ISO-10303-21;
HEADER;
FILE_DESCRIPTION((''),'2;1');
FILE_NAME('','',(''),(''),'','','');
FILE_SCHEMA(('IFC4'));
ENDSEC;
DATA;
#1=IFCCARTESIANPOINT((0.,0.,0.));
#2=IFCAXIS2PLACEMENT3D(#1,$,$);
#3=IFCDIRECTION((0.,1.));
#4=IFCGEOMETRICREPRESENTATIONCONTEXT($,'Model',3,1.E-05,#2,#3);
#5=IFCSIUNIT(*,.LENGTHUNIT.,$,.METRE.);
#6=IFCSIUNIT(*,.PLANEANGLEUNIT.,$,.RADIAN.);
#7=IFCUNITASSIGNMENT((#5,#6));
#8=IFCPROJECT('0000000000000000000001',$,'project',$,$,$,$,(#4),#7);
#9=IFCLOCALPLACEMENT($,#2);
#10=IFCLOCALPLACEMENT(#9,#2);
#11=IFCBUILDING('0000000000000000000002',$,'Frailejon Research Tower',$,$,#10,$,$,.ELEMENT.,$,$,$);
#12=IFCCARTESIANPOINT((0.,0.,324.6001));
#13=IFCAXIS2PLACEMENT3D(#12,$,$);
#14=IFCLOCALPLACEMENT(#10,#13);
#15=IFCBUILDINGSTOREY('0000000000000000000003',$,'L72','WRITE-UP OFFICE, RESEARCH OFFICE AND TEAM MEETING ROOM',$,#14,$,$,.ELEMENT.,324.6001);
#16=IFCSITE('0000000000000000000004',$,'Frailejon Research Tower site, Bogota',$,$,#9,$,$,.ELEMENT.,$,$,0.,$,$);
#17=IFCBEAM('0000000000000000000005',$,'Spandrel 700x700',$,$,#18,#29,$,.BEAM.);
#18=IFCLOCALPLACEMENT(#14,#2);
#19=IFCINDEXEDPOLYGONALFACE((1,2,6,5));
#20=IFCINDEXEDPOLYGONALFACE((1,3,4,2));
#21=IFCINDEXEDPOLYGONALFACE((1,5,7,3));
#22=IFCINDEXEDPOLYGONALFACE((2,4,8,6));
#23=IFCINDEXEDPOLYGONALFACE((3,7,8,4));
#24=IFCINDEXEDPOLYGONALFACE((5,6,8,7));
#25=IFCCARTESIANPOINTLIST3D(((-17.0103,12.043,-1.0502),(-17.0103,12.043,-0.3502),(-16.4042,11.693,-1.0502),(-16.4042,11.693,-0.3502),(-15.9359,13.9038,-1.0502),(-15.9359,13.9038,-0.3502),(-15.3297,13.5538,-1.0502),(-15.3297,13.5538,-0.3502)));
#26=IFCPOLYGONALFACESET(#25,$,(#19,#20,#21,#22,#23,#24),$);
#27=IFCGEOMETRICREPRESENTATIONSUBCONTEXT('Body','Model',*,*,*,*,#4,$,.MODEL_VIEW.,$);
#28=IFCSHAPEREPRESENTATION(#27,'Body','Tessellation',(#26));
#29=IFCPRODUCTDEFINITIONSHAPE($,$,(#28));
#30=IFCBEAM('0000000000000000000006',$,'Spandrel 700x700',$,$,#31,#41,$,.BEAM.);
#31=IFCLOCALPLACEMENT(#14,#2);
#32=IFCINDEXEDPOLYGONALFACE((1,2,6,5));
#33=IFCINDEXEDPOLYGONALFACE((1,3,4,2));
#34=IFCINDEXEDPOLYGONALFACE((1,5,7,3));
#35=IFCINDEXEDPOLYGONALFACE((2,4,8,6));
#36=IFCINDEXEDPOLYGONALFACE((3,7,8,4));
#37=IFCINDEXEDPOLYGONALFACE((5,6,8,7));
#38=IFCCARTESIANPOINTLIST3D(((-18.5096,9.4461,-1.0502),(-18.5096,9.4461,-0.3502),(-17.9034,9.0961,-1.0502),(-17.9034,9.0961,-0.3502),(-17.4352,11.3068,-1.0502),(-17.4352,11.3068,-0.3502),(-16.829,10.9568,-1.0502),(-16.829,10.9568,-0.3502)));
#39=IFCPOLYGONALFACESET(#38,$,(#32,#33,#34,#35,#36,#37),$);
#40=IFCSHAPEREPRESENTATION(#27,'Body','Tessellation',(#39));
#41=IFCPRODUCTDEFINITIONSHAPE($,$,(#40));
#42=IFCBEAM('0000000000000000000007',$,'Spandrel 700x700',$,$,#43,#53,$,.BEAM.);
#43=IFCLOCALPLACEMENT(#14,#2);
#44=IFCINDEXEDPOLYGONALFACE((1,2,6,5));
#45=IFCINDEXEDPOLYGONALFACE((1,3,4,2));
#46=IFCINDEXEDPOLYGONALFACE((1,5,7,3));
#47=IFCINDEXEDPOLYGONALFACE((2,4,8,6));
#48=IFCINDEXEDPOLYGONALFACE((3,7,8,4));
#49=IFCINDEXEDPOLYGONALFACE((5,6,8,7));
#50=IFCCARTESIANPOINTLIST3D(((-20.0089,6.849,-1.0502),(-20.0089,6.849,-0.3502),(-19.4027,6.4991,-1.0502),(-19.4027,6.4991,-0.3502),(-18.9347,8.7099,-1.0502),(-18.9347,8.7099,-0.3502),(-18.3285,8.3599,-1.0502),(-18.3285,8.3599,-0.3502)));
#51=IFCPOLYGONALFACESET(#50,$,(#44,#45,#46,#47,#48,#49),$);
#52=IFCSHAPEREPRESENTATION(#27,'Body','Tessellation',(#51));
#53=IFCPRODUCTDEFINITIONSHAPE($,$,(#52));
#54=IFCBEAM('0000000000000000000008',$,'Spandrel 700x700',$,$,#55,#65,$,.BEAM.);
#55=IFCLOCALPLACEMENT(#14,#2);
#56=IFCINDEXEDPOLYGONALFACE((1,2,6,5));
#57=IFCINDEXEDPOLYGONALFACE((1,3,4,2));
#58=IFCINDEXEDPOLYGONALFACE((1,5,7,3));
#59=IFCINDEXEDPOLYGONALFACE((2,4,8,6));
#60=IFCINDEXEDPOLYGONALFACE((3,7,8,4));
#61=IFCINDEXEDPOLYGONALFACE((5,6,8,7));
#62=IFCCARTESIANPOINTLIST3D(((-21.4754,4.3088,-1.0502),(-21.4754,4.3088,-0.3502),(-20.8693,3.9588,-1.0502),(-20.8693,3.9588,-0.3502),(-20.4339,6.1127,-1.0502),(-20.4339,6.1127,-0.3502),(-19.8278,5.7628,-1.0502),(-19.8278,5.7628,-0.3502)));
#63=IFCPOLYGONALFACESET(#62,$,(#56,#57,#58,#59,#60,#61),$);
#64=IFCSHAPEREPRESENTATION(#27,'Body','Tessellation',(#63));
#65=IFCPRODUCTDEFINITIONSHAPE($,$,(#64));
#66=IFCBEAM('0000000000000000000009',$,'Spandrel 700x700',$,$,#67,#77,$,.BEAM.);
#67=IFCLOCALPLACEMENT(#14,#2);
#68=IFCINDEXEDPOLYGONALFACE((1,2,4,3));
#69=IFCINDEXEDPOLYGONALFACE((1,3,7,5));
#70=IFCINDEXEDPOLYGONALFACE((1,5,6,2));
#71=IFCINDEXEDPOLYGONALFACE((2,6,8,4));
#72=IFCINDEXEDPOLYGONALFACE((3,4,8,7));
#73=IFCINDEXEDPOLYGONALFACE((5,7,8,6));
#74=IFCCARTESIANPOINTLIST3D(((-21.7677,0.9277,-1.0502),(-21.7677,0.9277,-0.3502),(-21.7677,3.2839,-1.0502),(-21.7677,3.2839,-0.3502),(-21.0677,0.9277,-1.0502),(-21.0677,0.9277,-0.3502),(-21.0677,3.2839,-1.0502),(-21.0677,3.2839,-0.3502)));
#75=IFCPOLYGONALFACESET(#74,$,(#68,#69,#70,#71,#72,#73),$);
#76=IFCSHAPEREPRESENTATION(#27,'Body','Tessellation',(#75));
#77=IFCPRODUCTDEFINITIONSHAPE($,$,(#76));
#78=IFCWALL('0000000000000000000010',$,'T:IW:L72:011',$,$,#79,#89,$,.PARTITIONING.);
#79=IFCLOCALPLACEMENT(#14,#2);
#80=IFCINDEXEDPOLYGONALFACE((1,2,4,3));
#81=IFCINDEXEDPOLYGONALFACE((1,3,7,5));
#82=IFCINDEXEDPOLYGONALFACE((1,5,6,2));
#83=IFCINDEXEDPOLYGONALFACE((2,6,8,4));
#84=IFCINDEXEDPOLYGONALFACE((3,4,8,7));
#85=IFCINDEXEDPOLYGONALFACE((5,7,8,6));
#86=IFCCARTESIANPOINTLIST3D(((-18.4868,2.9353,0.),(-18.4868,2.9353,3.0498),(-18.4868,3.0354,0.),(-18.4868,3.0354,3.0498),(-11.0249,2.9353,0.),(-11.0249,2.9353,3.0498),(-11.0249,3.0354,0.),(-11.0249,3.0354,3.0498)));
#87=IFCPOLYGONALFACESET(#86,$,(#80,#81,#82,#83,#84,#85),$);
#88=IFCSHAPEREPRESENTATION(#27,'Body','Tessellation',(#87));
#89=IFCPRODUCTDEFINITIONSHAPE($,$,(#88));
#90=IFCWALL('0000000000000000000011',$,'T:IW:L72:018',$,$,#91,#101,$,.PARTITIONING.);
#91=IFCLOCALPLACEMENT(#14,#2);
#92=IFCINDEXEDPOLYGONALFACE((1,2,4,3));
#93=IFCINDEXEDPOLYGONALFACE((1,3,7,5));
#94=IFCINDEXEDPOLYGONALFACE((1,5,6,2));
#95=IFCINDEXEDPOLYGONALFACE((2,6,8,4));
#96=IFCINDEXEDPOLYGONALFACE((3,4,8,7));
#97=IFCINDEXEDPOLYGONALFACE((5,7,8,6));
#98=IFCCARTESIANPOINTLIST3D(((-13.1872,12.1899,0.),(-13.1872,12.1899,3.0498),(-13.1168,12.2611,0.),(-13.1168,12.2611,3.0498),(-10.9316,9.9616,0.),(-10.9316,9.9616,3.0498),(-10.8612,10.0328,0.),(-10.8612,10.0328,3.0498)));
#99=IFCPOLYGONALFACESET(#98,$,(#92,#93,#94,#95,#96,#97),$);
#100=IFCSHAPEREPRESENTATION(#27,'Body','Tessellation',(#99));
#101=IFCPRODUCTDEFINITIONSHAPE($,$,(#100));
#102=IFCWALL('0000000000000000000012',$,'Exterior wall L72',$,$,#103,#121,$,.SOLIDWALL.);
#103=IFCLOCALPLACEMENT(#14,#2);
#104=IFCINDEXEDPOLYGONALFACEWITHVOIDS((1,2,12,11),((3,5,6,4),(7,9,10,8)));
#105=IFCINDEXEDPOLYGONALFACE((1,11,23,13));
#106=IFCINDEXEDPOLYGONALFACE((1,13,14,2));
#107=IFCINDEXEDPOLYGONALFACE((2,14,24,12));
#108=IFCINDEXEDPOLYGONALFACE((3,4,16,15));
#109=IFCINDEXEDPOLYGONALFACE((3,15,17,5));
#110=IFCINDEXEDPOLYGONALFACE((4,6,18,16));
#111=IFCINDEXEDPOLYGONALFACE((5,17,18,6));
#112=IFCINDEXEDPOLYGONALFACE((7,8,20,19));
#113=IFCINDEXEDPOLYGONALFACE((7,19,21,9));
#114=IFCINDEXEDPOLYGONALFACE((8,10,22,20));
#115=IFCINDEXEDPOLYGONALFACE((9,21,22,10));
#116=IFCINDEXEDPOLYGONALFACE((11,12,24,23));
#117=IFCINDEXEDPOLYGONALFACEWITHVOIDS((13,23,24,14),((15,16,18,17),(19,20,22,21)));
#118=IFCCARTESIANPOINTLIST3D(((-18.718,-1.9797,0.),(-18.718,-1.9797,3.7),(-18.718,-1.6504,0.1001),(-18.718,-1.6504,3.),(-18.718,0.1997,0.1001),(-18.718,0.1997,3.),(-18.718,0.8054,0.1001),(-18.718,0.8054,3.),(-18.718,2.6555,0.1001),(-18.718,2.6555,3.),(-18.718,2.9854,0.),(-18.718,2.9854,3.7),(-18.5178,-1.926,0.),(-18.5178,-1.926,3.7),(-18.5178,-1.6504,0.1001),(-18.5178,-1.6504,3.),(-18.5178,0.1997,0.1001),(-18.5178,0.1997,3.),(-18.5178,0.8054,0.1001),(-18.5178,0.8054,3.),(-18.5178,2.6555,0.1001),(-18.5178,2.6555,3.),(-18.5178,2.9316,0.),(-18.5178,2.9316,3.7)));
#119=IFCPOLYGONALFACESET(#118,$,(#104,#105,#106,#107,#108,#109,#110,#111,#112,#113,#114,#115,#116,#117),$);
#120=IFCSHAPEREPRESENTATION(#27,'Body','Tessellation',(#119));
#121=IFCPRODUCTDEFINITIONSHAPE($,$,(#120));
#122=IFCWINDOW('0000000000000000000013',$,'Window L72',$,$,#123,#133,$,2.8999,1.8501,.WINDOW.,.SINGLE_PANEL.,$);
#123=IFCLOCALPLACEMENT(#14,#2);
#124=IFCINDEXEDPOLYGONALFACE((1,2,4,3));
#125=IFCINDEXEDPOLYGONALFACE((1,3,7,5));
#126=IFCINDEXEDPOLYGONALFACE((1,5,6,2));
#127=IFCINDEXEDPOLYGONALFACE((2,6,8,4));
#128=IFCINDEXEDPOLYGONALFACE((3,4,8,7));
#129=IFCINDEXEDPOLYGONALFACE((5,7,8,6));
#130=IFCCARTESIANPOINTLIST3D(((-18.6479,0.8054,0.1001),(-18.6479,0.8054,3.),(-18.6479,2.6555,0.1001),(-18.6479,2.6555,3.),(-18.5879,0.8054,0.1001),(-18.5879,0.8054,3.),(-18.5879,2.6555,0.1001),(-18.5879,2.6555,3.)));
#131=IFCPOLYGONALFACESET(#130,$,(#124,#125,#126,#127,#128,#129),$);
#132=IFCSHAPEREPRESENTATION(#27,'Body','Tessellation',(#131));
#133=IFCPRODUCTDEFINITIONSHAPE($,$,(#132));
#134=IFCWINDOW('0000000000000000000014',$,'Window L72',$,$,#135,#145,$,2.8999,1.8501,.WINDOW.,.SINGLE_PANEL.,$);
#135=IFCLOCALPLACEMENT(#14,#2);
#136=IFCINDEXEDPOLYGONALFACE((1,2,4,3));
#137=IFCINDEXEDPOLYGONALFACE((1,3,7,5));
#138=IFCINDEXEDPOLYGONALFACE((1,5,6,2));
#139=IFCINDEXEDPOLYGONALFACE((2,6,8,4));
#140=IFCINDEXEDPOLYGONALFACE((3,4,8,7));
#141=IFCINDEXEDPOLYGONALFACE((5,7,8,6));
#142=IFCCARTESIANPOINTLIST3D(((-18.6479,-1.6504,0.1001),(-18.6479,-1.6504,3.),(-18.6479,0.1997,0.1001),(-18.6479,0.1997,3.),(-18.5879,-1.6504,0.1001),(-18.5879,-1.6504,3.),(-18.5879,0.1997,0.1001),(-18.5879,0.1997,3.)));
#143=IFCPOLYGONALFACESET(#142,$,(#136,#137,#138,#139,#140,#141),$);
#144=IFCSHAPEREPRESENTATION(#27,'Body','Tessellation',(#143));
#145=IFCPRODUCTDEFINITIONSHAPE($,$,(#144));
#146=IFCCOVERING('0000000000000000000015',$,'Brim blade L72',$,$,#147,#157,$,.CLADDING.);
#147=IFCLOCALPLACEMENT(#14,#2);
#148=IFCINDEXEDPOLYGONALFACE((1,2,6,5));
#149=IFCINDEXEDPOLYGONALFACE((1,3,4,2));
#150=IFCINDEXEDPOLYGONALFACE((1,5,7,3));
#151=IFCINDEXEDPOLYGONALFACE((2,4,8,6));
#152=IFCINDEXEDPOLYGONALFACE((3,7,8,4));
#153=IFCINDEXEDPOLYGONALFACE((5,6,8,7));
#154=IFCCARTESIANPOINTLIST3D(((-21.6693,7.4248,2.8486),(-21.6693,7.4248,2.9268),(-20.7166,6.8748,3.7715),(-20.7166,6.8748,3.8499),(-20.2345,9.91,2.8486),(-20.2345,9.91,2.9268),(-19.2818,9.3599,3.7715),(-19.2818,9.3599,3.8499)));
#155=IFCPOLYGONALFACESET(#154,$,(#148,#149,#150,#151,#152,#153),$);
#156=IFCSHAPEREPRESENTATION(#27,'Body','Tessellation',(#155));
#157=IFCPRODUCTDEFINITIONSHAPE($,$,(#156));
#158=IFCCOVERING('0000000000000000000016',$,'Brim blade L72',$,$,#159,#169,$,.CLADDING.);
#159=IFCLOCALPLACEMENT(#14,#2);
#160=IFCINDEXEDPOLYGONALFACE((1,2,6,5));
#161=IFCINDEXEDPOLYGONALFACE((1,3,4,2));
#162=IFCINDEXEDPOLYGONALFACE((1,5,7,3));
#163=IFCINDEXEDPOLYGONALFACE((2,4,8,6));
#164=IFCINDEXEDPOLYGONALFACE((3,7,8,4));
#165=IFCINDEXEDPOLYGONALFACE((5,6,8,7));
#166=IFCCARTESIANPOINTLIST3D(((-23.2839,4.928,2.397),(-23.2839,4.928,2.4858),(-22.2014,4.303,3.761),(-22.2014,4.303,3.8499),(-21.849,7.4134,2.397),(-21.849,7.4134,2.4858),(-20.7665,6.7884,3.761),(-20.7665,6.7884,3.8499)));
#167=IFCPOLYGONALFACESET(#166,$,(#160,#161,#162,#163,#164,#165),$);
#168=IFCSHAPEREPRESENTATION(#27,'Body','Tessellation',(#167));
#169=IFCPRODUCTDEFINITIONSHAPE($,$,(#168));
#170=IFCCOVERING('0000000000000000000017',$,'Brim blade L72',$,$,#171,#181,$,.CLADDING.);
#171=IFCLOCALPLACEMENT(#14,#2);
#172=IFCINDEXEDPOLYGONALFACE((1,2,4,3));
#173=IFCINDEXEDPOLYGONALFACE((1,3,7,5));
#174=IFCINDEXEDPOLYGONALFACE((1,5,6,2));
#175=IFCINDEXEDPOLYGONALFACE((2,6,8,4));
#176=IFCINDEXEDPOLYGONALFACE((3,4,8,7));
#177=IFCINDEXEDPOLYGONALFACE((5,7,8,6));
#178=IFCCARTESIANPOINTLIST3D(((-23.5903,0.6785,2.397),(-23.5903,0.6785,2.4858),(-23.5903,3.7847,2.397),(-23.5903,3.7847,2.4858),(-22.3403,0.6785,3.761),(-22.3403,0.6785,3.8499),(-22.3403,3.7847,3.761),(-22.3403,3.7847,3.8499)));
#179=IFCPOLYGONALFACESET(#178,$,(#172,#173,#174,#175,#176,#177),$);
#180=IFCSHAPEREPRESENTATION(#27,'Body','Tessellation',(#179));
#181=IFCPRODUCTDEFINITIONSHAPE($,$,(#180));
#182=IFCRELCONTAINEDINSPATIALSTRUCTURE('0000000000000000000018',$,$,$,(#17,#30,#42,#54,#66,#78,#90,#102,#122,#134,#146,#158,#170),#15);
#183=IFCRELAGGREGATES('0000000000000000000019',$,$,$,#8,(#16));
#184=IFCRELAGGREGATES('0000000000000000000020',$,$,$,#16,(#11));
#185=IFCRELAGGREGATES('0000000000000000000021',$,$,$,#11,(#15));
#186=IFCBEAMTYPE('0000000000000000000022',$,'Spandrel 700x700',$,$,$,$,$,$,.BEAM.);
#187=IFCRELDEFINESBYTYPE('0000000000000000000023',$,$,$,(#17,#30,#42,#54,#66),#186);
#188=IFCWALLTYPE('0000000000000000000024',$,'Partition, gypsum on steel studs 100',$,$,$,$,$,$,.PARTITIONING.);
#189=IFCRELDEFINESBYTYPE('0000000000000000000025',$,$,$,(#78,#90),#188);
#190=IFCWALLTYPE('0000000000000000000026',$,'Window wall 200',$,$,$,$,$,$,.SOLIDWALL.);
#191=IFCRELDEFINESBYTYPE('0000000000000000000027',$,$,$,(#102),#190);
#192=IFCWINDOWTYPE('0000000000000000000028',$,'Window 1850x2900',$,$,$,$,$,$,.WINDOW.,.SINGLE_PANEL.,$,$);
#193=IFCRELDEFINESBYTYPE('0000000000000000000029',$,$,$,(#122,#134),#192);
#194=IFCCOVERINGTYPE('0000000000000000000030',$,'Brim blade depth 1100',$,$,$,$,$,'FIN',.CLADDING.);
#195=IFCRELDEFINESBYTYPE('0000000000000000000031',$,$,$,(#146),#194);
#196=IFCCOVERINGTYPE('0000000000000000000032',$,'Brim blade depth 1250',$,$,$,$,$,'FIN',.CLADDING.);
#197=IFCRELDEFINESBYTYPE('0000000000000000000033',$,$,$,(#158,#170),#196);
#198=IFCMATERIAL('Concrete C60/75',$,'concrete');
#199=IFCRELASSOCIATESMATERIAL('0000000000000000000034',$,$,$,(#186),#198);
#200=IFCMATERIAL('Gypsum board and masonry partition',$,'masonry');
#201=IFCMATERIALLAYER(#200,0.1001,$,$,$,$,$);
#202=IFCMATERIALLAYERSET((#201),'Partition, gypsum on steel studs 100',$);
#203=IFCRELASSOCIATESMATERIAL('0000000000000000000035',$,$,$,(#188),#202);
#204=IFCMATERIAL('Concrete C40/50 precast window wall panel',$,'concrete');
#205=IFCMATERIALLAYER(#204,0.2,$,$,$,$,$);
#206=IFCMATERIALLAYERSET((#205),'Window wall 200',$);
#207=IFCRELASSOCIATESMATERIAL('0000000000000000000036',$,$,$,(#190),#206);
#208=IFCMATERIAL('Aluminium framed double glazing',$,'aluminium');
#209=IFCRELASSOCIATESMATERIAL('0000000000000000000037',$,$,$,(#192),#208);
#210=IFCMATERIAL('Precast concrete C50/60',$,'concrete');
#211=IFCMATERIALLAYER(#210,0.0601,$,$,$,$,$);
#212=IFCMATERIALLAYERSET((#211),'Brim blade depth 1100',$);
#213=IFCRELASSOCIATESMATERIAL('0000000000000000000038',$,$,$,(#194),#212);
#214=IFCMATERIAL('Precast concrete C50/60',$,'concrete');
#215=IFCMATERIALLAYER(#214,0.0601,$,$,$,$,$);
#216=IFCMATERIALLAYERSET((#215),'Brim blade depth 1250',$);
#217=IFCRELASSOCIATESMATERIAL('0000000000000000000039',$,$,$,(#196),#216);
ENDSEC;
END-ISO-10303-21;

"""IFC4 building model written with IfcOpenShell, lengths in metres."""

from ifc_helpers import new_model, si_unit, direction, frame, frame_2d, origin, origin_2d, place, context, subcontext, project, spatial, polyline, rectangle, outline, extrude, material, layer, layer_set, material_profile, profile_set, type_object, element, fill, save


model = new_model("IFC4")

# Units and contexts
model_context = context("Model", 3, precision=1e-05, world=origin(), true_north=direction((0.0, 1.0)))
body_context = subcontext(model_context, "Body", "Model", "MODEL_VIEW")
ifc_project = project(units=[si_unit("LENGTHUNIT", "METRE"), si_unit("PLANEANGLEUNIT", "RADIAN")], contexts=[model_context])

# Site, building, storey
site_placement = place(None, origin())
site = spatial("IfcSite", under=ifc_project, at=site_placement, Name="Frailejon Research Tower site, Bogota", CompositionType="ELEMENT", RefElevation=0.0)
building_placement = place(site_placement, origin())
building = spatial("IfcBuilding", under=site, at=building_placement, Name="Frailejon Research Tower", CompositionType="ELEMENT")
storey_placement = place(building_placement, frame((0.0, 0.0, 324.6001)))
storey = spatial("IfcBuildingStorey", under=building, at=storey_placement, Name="L72", Description="WRITE-UP OFFICE, RESEARCH OFFICE AND TEAM MEETING ROOM", CompositionType="ELEMENT", Elevation=324.6001)

# Beams
ifc_material_1 = material(Name="Concrete C60/75", Category="concrete")
ifc_material_profile_1 = material_profile(ifc_material_1, rectangle(XDim=0.7, YDim=0.7, at=origin_2d()), Name="Spandrel 700x700")
ifc_profile_set_1 = profile_set([ifc_material_profile_1], Name="Concrete C60/75")
beam_type_1 = type_object("IfcBeamType", Name="Spandrel 700x700", PredefinedType="BEAM", material=ifc_profile_set_1)
for number, where, z_axis, x_axis, name in (
    (1, (-15.6328, 13.7288, -0.7002), (-0.500037, -0.866004, 0.0), (0.866004, -0.500037, 0.0), "Spandrel 700x700"),
    (2, (-17.1321, 11.1318, -0.7002), (-0.500037, -0.866004, 0.0), (0.866004, -0.500037, 0.0), "Spandrel 700x700"),
    (3, (-18.6316, 8.5349, -0.7002), (-0.499952, -0.866053, 0.0), (0.866053, -0.499952, 0.0), "Spandrel 700x700"),
):
    element("IfcBeam", number, at=place(storey_placement, frame(where, z_axis=z_axis, x_axis=x_axis)), inside=storey, type_object=beam_type_1, Name=name, PredefinedType="BEAM", context=body_context, shape_type="SweptSolid", body=[
        extrude(rectangle(XDim=0.7, YDim=0.7, at=origin_2d()), origin(), (0.0, 0.0, 1.0), 2.1487),
    ])
beam_1_placement = place(storey_placement, frame((-20.1309, 5.9377, -0.7002), z_axis=(-0.499996, -0.866027, 0.0), x_axis=(0.866027, -0.499996, 0.0)))
element("IfcBeam", 4, at=beam_1_placement, inside=storey, type_object=beam_type_1, Name="Spandrel 700x700", PredefinedType="BEAM", context=body_context, shape_type="SweptSolid", body=[
    extrude(rectangle(XDim=0.7, YDim=0.7, at=origin_2d()), origin(), (0.0, 0.0, 1.0), 2.083),
])
beam_2_placement = place(storey_placement, frame((-21.4177, 3.2839, -0.7002), z_axis=(0.0, -1.0, 0.0), x_axis=(1.0, 0.0, 0.0)))
element("IfcBeam", 5, at=beam_2_placement, inside=storey, type_object=beam_type_1, Name="Spandrel 700x700", PredefinedType="BEAM", context=body_context, shape_type="SweptSolid", body=[
    extrude(rectangle(XDim=0.7, YDim=0.7, at=origin_2d()), origin(), (0.0, 0.0, 1.0), 2.3562),
])

# Walls
ifc_material_2 = material(Name="Gypsum board and masonry partition", Category="masonry")
ifc_layer_1 = layer(ifc_material_2, 0.1001)
ifc_layer_set_1 = layer_set([ifc_layer_1], Name="Partition, gypsum on steel studs 100")
wall_type_1 = type_object("IfcWallType", Name="Partition, gypsum on steel studs 100", PredefinedType="PARTITIONING", material=ifc_layer_set_1)
wall_1_placement = place(storey_placement, frame((-18.4868, 2.9854, 0.0), z_axis=(0.0, 0.0, 1.0), x_axis=(1.0, 0.0, 0.0)))
element("IfcWall", 6, at=wall_1_placement, inside=storey, type_object=wall_type_1, Name="T:IW:L72:011", PredefinedType="PARTITIONING", context=body_context, shape_type="SweptSolid", body=[
    extrude(rectangle(XDim=7.4619, YDim=0.1001, at=frame_2d((3.731, 0.0))), origin(), (0.0, 0.0, 1.0), 3.0498),
])
wall_2_placement = place(storey_placement, frame((-13.1521, 12.2256, 0.0), z_axis=(0.0, 0.0, 1.0), x_axis=(0.711406, -0.702782, 0.0)))
element("IfcWall", 7, at=wall_2_placement, inside=storey, type_object=wall_type_1, Name="T:IW:L72:018", PredefinedType="PARTITIONING", context=body_context, shape_type="SweptSolid", body=[
    extrude(rectangle(XDim=3.1707, YDim=0.1001, at=frame_2d((1.5854, 0.0))), origin(), (0.0, 0.0, 1.0), 3.0498),
])

# Wall, openings, windows
ifc_material_3 = material(Name="Concrete C40/50 precast window wall panel", Category="concrete")
ifc_layer_2 = layer(ifc_material_3, 0.2)
ifc_layer_set_2 = layer_set([ifc_layer_2], Name="Window wall 200")
wall_type_2 = type_object("IfcWallType", Name="Window wall 200", PredefinedType="SOLIDWALL", material=ifc_layer_set_2)
wall_3_placement = place(storey_placement, frame((-18.6179, 2.9585, 0.0), z_axis=(0.0, 0.0, 1.0), x_axis=(0.0, -1.0, 0.0)))
wall_3 = element("IfcWall", 8, at=wall_3_placement, inside=storey, type_object=wall_type_2, Name="Exterior wall L72", PredefinedType="SOLIDWALL", context=body_context, shape_type="SweptSolid", body=[
    extrude(outline(polyline([(-0.0269, -0.1001), (1.2144, -0.1001), (2.4556, -0.1001), (3.697, -0.1001), (4.9382, -0.1001), (4.8845, 0.1001), (3.6702, 0.1001), (2.4556, 0.1001), (1.2412, 0.1001), (0.0269, 0.1001), (-0.0269, -0.1001)])), origin(), (0.0, 0.0, 1.0), 3.7),
])
opening_1_placement = place(wall_3_placement, frame((0.303, 0.0, 0.1001)))
opening_1 = element("IfcOpeningElement", 9, at=opening_1_placement, cuts=wall_3, PredefinedType="OPENING", context=body_context, shape_type="SweptSolid", body=[
    extrude(rectangle(XDim=1.8501, YDim=2.8999, at=frame_2d((0.925, 1.45))), frame((0.0, 0.1099, 0.0), z_axis=(0.0, -1.0, 0.0), x_axis=(1.0, 0.0, 0.0)), (0.0, 0.0, 1.0), 0.22),
])
opening_2_placement = place(wall_3_placement, frame((2.7588, 0.0, 0.1001)))
opening_2 = element("IfcOpeningElement", 10, at=opening_2_placement, cuts=wall_3, PredefinedType="OPENING", context=body_context, shape_type="SweptSolid", body=[
    extrude(rectangle(XDim=1.8501, YDim=2.8999, at=frame_2d((0.925, 1.45))), frame((0.0, 0.1099, 0.0), z_axis=(0.0, -1.0, 0.0), x_axis=(1.0, 0.0, 0.0)), (0.0, 0.0, 1.0), 0.22),
])
ifc_material_4 = material(Name="Aluminium framed double glazing", Category="aluminium")
window_type = type_object("IfcWindowType", Name="Window 1850x2900", PartitioningType="SINGLE_PANEL", PredefinedType="WINDOW", material=ifc_material_4)
window_1_placement = place(opening_1_placement, origin())
window_1 = element("IfcWindow", 11, at=window_1_placement, inside=storey, type_object=window_type, Name="Window L72", OverallHeight=2.8999, OverallWidth=1.8501, PartitioningType="SINGLE_PANEL", PredefinedType="WINDOW", context=body_context, shape_type="SweptSolid", body=[
    extrude(rectangle(XDim=1.8501, YDim=2.8999, at=frame_2d((0.925, 1.45))), frame((0.0, 0.03, 0.0), z_axis=(0.0, -1.0, 0.0), x_axis=(1.0, 0.0, 0.0)), (0.0, 0.0, 1.0), 0.0601),
])
fill(opening_1, window_1)
window_2_placement = place(opening_2_placement, origin())
window_2 = element("IfcWindow", 12, at=window_2_placement, inside=storey, type_object=window_type, Name="Window L72", OverallHeight=2.8999, OverallWidth=1.8501, PartitioningType="SINGLE_PANEL", PredefinedType="WINDOW", context=body_context, shape_type="SweptSolid", body=[
    extrude(rectangle(XDim=1.8501, YDim=2.8999, at=frame_2d((0.925, 1.45))), frame((0.0, 0.03, 0.0), z_axis=(0.0, -1.0, 0.0), x_axis=(1.0, 0.0, 0.0)), (0.0, 0.0, 1.0), 0.0601),
])
fill(opening_2, window_2)

# Coverings
ifc_material_5 = material(Name="Precast concrete C50/60", Category="concrete")
ifc_layer_3 = layer(ifc_material_5, 0.0601)
ifc_layer_set_3 = layer_set([ifc_layer_3], Name="Brim blade depth 1100")
covering_type_1 = type_object("IfcCoveringType", Name="Brim blade depth 1100", ElementType="FIN", PredefinedType="CLADDING", material=ifc_layer_set_3)
covering_1_placement = place(storey_placement, frame((-20.7166, 6.8748, 3.8499), z_axis=(0.499993, 0.86603, 0.0), x_axis=(-0.86603, 0.499993, 0.0)))
element("IfcCovering", 13, at=covering_1_placement, inside=storey, type_object=covering_type_1, Name="Brim blade L72", PredefinedType="CLADDING", context=body_context, shape_type="SweptSolid", body=[
    extrude(outline(polyline([(0.0, -0.0784), (1.1001, -1.0012), (1.1001, -0.9231), (0.0, 0.0), (0.0, -0.0784)])), origin(), (0.0, 0.0, 1.0), 2.8696),
])
ifc_material_6 = material(Name="Precast concrete C50/60", Category="concrete")
ifc_layer_4 = layer(ifc_material_6, 0.0601)
ifc_layer_set_4 = layer_set([ifc_layer_4], Name="Brim blade depth 1250")
covering_type_2 = type_object("IfcCoveringType", Name="Brim blade depth 1250", ElementType="FIN", PredefinedType="CLADDING", material=ifc_layer_set_4)
covering_2_placement = place(storey_placement, frame((-22.2014, 4.303, 3.8499), z_axis=(0.500003, 0.866024, 0.0), x_axis=(-0.866024, 0.500003, 0.0)))
element("IfcCovering", 14, at=covering_2_placement, inside=storey, type_object=covering_type_2, Name="Brim blade L72", PredefinedType="CLADDING", context=body_context, shape_type="SweptSolid", body=[
    extrude(outline(polyline([(0.0, -0.0889), (1.25, -1.4529), (1.25, -1.364), (0.0, 0.0), (0.0, -0.0889)])), origin(), (0.0, 0.0, 1.0), 2.8699),
])
covering_3_placement = place(storey_placement, frame((-22.3403, 0.6785, 3.8499), z_axis=(0.0, 1.0, 0.0), x_axis=(-1.0, 0.0, 0.0)))
element("IfcCovering", 15, at=covering_3_placement, inside=storey, type_object=covering_type_2, Name="Brim blade L72", PredefinedType="CLADDING", context=body_context, shape_type="SweptSolid", body=[
    extrude(outline(polyline([(0.0, -0.0889), (1.25, -1.4529), (1.25, -1.364), (0.0, 0.0), (0.0, -0.0889)])), origin(), (0.0, 0.0, 1.0), 3.1062),
])

save(model, "model.ifc")
